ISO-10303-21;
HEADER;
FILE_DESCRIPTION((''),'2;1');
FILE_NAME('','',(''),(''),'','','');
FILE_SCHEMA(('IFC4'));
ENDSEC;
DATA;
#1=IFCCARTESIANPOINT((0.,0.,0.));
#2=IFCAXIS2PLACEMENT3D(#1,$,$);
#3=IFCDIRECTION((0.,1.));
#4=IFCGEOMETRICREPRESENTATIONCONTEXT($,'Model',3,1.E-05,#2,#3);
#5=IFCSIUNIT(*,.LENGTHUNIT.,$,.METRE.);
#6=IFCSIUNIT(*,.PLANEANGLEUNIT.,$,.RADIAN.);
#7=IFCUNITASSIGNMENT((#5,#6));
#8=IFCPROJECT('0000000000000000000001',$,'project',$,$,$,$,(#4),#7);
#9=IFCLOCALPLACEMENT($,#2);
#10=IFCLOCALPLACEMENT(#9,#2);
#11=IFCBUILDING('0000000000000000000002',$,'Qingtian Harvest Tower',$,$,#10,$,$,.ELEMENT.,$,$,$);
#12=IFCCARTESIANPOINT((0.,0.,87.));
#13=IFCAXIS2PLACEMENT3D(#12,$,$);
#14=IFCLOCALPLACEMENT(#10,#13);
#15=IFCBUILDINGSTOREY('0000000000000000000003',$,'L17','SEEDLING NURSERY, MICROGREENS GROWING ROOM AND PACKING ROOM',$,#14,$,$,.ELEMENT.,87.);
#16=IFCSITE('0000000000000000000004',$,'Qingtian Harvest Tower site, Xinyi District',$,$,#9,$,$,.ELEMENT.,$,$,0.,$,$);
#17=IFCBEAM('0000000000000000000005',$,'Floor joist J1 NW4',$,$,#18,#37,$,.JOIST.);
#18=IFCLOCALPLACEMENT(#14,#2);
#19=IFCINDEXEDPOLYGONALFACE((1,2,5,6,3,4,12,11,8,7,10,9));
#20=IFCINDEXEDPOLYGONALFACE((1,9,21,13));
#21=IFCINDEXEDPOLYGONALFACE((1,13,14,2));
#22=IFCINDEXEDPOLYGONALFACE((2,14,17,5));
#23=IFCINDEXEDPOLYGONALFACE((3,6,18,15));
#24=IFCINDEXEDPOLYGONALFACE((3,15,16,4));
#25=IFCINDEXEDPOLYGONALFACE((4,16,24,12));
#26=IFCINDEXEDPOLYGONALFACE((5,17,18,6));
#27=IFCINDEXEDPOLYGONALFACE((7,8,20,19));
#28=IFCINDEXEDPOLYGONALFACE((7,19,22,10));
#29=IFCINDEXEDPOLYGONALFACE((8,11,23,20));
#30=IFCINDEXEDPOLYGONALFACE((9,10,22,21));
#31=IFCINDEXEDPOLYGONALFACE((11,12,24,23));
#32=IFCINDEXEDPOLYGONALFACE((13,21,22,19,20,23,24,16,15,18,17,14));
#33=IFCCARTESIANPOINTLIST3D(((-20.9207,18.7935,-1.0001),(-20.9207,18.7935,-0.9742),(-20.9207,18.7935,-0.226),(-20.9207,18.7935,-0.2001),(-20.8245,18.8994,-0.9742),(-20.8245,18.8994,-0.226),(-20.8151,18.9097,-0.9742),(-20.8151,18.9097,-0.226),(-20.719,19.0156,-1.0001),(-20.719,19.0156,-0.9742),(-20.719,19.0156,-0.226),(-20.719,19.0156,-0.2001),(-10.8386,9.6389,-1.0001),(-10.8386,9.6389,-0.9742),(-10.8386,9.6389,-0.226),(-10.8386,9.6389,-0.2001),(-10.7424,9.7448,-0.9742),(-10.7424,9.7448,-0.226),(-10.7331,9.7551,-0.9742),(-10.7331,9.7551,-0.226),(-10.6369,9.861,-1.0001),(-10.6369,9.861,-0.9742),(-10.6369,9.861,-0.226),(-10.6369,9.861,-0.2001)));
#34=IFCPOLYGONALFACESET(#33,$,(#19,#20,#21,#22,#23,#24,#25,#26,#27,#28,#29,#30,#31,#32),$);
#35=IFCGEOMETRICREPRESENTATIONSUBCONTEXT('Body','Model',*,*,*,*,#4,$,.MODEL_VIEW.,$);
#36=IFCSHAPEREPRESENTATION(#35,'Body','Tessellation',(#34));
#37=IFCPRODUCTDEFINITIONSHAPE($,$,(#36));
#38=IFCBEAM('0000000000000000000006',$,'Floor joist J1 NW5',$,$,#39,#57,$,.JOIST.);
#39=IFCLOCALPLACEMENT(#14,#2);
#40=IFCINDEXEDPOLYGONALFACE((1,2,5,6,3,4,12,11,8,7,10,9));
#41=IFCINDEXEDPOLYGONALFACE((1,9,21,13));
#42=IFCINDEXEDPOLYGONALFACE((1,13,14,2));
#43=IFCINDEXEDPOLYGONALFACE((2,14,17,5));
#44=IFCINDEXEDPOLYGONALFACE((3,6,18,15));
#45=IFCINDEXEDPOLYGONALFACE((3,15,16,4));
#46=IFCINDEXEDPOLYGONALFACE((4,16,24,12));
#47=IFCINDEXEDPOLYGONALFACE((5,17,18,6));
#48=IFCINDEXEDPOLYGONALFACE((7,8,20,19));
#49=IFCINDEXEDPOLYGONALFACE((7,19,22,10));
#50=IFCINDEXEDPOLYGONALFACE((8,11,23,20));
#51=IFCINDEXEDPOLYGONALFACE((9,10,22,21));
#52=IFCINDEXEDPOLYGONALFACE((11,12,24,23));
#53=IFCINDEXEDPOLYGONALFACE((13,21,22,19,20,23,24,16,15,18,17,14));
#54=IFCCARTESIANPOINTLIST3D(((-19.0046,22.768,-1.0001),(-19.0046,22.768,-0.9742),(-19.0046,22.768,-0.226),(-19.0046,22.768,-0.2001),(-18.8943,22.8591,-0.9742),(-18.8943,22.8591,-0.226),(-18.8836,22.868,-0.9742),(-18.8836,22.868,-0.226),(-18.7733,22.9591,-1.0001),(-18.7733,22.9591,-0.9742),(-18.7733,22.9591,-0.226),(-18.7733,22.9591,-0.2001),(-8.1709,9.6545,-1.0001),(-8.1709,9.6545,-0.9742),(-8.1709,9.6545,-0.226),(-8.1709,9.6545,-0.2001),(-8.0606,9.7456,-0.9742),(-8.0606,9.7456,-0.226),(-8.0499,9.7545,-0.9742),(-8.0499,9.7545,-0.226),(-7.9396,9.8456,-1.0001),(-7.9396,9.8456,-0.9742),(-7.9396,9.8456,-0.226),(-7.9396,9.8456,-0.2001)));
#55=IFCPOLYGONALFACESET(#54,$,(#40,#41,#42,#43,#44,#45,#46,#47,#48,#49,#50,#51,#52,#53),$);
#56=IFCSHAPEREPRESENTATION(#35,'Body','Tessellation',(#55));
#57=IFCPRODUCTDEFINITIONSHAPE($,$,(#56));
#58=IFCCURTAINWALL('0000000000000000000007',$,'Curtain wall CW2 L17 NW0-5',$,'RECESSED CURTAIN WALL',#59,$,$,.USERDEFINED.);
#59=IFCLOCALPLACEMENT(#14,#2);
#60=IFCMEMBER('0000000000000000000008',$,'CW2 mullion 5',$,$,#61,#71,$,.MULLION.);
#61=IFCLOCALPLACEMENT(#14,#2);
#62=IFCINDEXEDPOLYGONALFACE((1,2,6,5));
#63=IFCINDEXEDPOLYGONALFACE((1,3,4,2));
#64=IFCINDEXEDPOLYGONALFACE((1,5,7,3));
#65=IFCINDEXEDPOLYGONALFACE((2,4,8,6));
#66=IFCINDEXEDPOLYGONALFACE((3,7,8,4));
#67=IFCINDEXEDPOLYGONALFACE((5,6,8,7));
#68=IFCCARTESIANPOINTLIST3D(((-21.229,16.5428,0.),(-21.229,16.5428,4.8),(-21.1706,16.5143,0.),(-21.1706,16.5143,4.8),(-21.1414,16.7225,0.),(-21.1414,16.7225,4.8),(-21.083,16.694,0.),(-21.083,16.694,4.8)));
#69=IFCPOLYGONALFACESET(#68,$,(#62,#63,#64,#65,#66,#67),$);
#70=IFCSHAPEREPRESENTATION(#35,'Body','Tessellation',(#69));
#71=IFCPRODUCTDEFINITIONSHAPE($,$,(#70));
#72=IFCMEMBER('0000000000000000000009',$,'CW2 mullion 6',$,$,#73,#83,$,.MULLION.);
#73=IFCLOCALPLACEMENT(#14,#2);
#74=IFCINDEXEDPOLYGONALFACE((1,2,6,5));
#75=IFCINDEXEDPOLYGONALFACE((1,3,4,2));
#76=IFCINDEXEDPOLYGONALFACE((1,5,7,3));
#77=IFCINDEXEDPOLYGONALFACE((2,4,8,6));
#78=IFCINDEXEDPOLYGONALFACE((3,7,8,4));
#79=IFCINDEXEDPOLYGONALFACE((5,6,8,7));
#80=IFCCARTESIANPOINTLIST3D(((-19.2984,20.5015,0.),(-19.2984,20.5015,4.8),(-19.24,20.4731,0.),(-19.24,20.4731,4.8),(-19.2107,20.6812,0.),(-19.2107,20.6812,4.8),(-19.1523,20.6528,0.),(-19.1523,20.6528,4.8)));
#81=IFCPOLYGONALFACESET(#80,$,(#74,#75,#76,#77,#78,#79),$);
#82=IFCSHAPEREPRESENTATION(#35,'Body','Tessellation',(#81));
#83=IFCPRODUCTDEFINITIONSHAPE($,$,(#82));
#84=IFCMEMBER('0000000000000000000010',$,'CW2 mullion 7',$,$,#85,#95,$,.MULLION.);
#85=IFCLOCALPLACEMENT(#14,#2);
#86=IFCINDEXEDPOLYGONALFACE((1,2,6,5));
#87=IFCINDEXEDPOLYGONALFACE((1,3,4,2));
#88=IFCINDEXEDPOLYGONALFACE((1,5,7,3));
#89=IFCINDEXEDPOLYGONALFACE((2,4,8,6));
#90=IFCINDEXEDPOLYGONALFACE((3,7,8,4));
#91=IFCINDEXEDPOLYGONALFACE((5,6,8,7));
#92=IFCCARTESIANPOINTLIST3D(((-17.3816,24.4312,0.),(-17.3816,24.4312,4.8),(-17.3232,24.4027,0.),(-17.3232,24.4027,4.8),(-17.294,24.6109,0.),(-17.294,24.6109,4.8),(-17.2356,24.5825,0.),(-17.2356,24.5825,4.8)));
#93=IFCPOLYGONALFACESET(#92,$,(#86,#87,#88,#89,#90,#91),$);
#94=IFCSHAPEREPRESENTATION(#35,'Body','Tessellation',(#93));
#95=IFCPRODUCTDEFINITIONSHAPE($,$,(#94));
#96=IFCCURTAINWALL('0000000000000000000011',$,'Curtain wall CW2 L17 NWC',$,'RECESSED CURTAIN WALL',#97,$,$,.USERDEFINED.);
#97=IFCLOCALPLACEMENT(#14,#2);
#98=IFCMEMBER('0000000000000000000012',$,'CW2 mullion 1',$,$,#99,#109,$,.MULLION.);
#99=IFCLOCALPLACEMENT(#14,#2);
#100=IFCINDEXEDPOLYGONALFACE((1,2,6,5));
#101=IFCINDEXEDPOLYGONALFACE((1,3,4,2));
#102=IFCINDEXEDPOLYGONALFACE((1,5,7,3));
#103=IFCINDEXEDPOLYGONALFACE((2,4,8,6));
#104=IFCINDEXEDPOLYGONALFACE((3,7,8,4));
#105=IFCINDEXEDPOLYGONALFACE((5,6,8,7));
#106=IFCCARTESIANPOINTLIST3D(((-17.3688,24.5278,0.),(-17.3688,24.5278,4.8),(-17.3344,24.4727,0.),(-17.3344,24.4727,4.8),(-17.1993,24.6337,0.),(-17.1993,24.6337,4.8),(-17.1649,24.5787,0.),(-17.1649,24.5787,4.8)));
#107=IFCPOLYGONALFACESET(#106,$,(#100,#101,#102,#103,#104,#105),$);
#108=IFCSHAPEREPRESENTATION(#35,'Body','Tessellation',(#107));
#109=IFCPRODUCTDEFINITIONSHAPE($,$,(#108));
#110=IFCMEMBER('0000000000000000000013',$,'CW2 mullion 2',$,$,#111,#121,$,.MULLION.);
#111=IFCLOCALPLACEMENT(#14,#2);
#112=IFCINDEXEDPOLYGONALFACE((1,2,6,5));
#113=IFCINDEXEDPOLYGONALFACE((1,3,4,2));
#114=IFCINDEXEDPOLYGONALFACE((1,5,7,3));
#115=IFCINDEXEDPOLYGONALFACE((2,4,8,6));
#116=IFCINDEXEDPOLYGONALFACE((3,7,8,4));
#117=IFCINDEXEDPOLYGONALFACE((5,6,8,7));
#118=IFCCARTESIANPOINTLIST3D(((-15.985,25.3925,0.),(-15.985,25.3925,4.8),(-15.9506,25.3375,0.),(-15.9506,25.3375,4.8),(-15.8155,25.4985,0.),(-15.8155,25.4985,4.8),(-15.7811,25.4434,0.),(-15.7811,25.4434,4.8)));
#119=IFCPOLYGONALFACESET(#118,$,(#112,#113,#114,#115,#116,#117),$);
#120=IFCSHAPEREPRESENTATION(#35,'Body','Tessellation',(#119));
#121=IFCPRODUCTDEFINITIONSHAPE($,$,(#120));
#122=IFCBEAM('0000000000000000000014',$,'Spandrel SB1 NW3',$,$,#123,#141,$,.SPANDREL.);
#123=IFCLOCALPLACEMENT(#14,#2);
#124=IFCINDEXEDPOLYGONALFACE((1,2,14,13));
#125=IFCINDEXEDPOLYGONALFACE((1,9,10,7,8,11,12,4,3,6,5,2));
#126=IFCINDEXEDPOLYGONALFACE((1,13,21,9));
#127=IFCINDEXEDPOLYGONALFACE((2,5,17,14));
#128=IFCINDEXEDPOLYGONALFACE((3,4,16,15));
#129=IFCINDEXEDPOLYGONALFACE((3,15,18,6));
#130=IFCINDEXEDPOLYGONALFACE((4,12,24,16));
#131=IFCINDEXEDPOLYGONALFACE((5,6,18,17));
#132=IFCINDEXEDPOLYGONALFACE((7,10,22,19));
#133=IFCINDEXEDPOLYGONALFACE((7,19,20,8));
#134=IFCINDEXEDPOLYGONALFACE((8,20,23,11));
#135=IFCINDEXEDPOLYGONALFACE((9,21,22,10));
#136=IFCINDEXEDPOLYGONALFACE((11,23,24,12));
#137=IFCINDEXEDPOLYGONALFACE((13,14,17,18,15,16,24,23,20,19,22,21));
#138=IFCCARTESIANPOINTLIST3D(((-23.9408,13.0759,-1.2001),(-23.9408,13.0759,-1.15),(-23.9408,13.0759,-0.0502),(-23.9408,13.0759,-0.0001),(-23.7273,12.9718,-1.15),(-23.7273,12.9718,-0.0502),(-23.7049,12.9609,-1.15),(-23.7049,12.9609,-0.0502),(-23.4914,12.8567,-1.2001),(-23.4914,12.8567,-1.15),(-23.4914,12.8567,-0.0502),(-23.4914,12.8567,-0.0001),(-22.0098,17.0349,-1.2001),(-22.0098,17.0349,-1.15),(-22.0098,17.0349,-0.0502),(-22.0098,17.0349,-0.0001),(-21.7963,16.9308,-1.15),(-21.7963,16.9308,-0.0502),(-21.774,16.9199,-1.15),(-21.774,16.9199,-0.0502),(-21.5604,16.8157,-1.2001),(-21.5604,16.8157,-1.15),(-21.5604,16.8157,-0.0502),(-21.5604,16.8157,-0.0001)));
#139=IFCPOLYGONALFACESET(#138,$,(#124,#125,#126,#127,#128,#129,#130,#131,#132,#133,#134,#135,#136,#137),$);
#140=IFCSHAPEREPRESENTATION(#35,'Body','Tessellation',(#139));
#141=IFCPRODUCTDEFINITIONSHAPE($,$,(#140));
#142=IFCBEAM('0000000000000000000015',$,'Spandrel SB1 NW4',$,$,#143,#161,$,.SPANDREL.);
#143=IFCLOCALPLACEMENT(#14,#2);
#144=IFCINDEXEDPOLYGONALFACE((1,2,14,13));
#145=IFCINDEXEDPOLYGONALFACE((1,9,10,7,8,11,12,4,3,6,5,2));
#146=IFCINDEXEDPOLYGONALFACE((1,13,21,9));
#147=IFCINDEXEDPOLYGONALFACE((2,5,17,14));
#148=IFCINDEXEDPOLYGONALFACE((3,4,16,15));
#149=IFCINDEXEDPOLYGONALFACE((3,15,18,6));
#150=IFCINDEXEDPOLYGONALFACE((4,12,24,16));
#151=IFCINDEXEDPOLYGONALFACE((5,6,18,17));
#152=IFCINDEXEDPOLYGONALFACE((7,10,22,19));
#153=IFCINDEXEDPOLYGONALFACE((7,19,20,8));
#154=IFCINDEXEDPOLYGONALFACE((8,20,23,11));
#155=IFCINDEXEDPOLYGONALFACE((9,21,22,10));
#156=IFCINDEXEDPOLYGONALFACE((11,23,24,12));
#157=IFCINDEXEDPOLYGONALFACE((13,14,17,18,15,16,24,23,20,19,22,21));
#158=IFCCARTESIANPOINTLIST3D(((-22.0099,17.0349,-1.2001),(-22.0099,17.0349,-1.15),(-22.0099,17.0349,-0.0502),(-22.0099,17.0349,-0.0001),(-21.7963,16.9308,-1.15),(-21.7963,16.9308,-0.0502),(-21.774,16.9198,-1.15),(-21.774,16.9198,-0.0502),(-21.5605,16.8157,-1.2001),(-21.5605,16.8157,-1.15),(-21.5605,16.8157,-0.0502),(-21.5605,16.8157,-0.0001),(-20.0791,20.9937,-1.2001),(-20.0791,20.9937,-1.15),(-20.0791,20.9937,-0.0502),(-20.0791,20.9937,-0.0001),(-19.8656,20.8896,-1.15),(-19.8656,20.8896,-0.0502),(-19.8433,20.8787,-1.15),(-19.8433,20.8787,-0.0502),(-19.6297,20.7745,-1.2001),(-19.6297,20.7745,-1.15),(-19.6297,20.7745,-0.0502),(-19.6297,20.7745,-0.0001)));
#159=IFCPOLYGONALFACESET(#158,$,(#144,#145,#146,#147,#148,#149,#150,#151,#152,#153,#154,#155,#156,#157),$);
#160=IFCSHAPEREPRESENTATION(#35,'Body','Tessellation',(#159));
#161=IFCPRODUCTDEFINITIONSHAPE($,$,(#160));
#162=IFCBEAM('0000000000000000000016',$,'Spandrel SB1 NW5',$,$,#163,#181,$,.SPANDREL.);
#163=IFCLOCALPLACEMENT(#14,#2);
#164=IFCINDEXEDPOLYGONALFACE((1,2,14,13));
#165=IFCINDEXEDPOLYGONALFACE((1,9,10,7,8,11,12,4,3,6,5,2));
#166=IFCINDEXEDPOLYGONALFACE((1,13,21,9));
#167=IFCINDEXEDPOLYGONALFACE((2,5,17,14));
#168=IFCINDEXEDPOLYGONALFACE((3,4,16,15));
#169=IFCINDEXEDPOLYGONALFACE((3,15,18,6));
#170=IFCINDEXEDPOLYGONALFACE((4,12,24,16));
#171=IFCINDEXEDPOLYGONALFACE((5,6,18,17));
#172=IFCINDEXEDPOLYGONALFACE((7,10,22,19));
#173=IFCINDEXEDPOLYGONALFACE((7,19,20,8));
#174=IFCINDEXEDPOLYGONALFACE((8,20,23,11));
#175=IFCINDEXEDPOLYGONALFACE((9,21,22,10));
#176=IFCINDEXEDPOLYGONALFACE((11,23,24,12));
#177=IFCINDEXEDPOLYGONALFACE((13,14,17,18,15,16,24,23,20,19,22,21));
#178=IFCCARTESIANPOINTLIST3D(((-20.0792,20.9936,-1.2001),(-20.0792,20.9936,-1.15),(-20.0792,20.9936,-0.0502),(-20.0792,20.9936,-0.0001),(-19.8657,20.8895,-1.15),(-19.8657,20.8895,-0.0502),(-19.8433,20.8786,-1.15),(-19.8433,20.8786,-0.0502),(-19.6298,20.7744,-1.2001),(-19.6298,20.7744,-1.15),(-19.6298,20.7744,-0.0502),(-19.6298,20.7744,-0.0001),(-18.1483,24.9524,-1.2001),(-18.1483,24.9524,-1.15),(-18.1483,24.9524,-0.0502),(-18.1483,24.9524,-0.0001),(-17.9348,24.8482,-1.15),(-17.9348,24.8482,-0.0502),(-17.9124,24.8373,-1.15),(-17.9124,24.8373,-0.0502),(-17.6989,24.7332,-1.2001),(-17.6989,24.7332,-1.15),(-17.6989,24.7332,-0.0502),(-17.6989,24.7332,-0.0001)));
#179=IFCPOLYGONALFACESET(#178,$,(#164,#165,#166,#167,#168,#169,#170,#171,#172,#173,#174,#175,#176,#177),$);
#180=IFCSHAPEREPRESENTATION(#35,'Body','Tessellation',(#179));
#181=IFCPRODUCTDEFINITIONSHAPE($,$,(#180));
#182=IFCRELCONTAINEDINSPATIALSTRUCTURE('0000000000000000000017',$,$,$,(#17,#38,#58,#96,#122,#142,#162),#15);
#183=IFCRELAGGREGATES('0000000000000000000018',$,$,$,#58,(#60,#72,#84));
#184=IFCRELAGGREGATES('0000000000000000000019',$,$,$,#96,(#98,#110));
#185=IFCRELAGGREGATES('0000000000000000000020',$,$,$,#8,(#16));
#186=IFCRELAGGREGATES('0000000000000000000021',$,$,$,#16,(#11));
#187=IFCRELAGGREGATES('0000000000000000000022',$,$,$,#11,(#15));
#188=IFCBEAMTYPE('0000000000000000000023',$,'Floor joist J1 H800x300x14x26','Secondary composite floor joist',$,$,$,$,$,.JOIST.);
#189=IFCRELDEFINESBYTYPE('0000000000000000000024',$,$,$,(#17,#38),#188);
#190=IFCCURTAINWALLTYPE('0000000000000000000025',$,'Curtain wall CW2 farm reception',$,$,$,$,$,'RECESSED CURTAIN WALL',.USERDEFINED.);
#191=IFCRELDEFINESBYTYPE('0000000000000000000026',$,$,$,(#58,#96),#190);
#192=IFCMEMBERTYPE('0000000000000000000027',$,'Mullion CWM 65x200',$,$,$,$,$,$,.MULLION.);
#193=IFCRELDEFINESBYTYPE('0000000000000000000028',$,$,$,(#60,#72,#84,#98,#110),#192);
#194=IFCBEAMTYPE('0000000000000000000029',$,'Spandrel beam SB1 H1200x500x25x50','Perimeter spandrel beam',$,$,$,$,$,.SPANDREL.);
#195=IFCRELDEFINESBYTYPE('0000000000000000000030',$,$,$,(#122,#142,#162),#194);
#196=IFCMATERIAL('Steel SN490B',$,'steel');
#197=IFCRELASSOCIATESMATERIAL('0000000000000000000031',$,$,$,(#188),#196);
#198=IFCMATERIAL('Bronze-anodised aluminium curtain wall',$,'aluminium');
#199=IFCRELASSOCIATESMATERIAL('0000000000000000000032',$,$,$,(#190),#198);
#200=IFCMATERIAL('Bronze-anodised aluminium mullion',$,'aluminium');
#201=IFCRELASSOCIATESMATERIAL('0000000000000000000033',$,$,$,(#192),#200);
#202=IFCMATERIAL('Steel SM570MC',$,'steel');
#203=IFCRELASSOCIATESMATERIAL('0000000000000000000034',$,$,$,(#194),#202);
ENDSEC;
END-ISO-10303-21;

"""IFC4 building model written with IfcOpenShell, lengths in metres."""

from ifc_helpers import new_model, si_unit, direction, frame, origin, origin_2d, place, context, subcontext, project, spatial, rectangle, i_section, extrude, material, material_profile, profile_set, type_object, element, aggregate, save


model = new_model("IFC4")

# Units and contexts
model_context = context("Model", 3, precision=1e-05, world=origin(), true_north=direction((0.0, 1.0)))
body_context = subcontext(model_context, "Body", "Model", "MODEL_VIEW")
ifc_project = project(units=[si_unit("LENGTHUNIT", "METRE"), si_unit("PLANEANGLEUNIT", "RADIAN")], contexts=[model_context])

# Site, building, storey
site_placement = place(None, origin())
site = spatial("IfcSite", under=ifc_project, at=site_placement, Name="Qingtian Harvest Tower site, Xinyi District", CompositionType="ELEMENT", RefElevation=0.0)
building_placement = place(site_placement, origin())
building = spatial("IfcBuilding", under=site, at=building_placement, Name="Qingtian Harvest Tower", CompositionType="ELEMENT")
storey_placement = place(building_placement, frame((0.0, 0.0, 87.0)))
storey = spatial("IfcBuildingStorey", under=building, at=storey_placement, Name="L17", Description="SEEDLING NURSERY, MICROGREENS GROWING ROOM AND PACKING ROOM", CompositionType="ELEMENT", Elevation=87.0)

# Beams
ifc_material_1 = material(Name="Steel SN490B", Category="steel")
ifc_material_profile_1 = material_profile(ifc_material_1, i_section(OverallWidth=0.3, OverallDepth=0.8, WebThickness=0.0139, FlangeThickness=0.0259, at=origin_2d()), Name="H800x300x14x26")
ifc_profile_set_1 = profile_set([ifc_material_profile_1], Name="Steel SN490B")
beam_type_1 = type_object("IfcBeamType", Name="Floor joist J1 H800x300x14x26", Description="Secondary composite floor joist", PredefinedType="JOIST", material=ifc_profile_set_1)
beam_1_placement = place(storey_placement, frame((-20.8198, 18.9045, -0.6001), z_axis=(0.74034, -0.672233, 0.0), x_axis=(0.672233, 0.74034, 0.0)))
element("IfcBeam", 1, at=beam_1_placement, inside=storey, type_object=beam_type_1, Name="Floor joist J1 NW4", PredefinedType="JOIST", context=body_context, shape_type="SweptSolid", body=[
    extrude(i_section(OverallWidth=0.3, OverallDepth=0.8, WebThickness=0.0139, FlangeThickness=0.0259, at=origin_2d()), origin(), (0.0, 0.0, 1.0), 13.6182),
])
beam_2_placement = place(storey_placement, frame((-18.8889, 22.8635, -0.6001), z_axis=(0.63691, -0.770938, 0.0), x_axis=(0.770938, 0.63691, 0.0)))
element("IfcBeam", 2, at=beam_2_placement, inside=storey, type_object=beam_type_1, Name="Floor joist J1 NW5", PredefinedType="JOIST", context=body_context, shape_type="SweptSolid", body=[
    extrude(i_section(OverallWidth=0.3, OverallDepth=0.8, WebThickness=0.0139, FlangeThickness=0.0259, at=origin_2d()), origin(), (0.0, 0.0, 1.0), 17.0098),
])

# Curtain walls, members
ifc_material_2 = material(Name="Bronze-anodised aluminium curtain wall", Category="aluminium")
curtain_wall_type = type_object("IfcCurtainWallType", Name="Curtain wall CW2 farm reception", ElementType="RECESSED CURTAIN WALL", PredefinedType="USERDEFINED", material=ifc_material_2)
curtain_wall_1_placement = place(storey_placement, origin())
curtain_wall_1 = element("IfcCurtainWall", 3, at=curtain_wall_1_placement, inside=storey, type_object=curtain_wall_type, Name="Curtain wall CW2 L17 NW0-5", ObjectType="RECESSED CURTAIN WALL", PredefinedType="USERDEFINED")
ifc_material_3 = material(Name="Bronze-anodised aluminium mullion", Category="aluminium")
ifc_material_profile_2 = material_profile(ifc_material_3, rectangle(XDim=0.0649, YDim=0.2, at=origin_2d()), Name="AL 65x200")
ifc_profile_set_2 = profile_set([ifc_material_profile_2], Name="Bronze-anodised aluminium mullion")
member_type_1 = type_object("IfcMemberType", Name="Mullion CWM 65x200", PredefinedType="MULLION", material=ifc_profile_set_2)
member_1_placement = place(storey_placement, frame((-21.156, 16.6184, 0.0), z_axis=(0.0, 0.0, 1.0), x_axis=(-0.898794, 0.438371, 0.0)))
member_1 = element("IfcMember", 4, at=member_1_placement, type_object=member_type_1, Name="CW2 mullion 5", PredefinedType="MULLION", context=body_context, shape_type="SweptSolid", body=[
    extrude(rectangle(XDim=0.0649, YDim=0.2, at=origin_2d()), origin(), (0.0, 0.0, 1.0), 4.8),
])
member_2_placement = place(storey_placement, frame((-19.2253, 20.5771, 0.0), z_axis=(0.0, 0.0, 1.0), x_axis=(-0.898794, 0.438371, 0.0)))
member_2 = element("IfcMember", 5, at=member_2_placement, type_object=member_type_1, Name="CW2 mullion 6", PredefinedType="MULLION", context=body_context, shape_type="SweptSolid", body=[
    extrude(rectangle(XDim=0.0649, YDim=0.2, at=origin_2d()), origin(), (0.0, 0.0, 1.0), 4.8),
])
member_3_placement = place(storey_placement, frame((-17.3086, 24.5068, 0.0), z_axis=(0.0, 0.0, 1.0), x_axis=(-0.898794, 0.438371, 0.0)))
member_3 = element("IfcMember", 6, at=member_3_placement, type_object=member_type_1, Name="CW2 mullion 7", PredefinedType="MULLION", context=body_context, shape_type="SweptSolid", body=[
    extrude(rectangle(XDim=0.0649, YDim=0.2, at=origin_2d()), origin(), (0.0, 0.0, 1.0), 4.8),
])
curtain_wall_2_placement = place(storey_placement, origin())
curtain_wall_2 = element("IfcCurtainWall", 7, at=curtain_wall_2_placement, inside=storey, type_object=curtain_wall_type, Name="Curtain wall CW2 L17 NWC", ObjectType="RECESSED CURTAIN WALL", PredefinedType="USERDEFINED")
member_4_placement = place(storey_placement, frame((-17.2668, 24.5532, 0.0), z_axis=(0.0, 0.0, 1.0), x_axis=(-0.529919, 0.848048, 0.0)))
member_4 = element("IfcMember", 8, at=member_4_placement, type_object=member_type_1, Name="CW2 mullion 1", PredefinedType="MULLION", context=body_context, shape_type="SweptSolid", body=[
    extrude(rectangle(XDim=0.0649, YDim=0.2, at=origin_2d()), origin(), (0.0, 0.0, 1.0), 4.8),
])
member_5_placement = place(storey_placement, frame((-15.8831, 25.418, 0.0), z_axis=(0.0, 0.0, 1.0), x_axis=(-0.529919, 0.848048, 0.0)))
member_5 = element("IfcMember", 9, at=member_5_placement, type_object=member_type_1, Name="CW2 mullion 2", PredefinedType="MULLION", context=body_context, shape_type="SweptSolid", body=[
    extrude(rectangle(XDim=0.0649, YDim=0.2, at=origin_2d()), origin(), (0.0, 0.0, 1.0), 4.8),
])

# Beams
ifc_material_4 = material(Name="Steel SM570MC", Category="steel")
ifc_material_profile_3 = material_profile(ifc_material_4, i_section(OverallWidth=0.5, OverallDepth=1.2, WebThickness=0.0249, FlangeThickness=0.05, at=origin_2d()), Name="H1200x500x25x50")
ifc_profile_set_3 = profile_set([ifc_material_profile_3], Name="Steel SM570MC")
beam_type_2 = type_object("IfcBeamType", Name="Spandrel beam SB1 H1200x500x25x50", Description="Perimeter spandrel beam", PredefinedType="SPANDREL", material=ifc_profile_set_3)
beam_3_placement = place(storey_placement, frame((-23.7161, 12.9663, -0.6001), z_axis=(0.438368, 0.898796, 0.0), x_axis=(-0.898796, 0.438368, 0.0)))
element("IfcBeam", 10, at=beam_3_placement, inside=storey, type_object=beam_type_2, Name="Spandrel SB1 NW3", PredefinedType="SPANDREL", context=body_context, shape_type="SweptSolid", body=[
    extrude(i_section(OverallWidth=0.5, OverallDepth=1.2, WebThickness=0.0249, FlangeThickness=0.05, at=origin_2d()), origin(), (0.0, 0.0, 1.0), 4.4048),
])
for number, where, z_axis, x_axis, name in (
    (11, (-21.7852, 16.9253, -0.6001), (0.438345, 0.898807, 0.0), (-0.898807, 0.438345, 0.0), "Spandrel SB1 NW4"),
    (12, (-19.8545, 20.884, -0.6001), (0.43839, 0.898785, 0.0), (-0.898785, 0.43839, 0.0), "Spandrel SB1 NW5"),
):
    element("IfcBeam", number, at=place(storey_placement, frame(where, z_axis=z_axis, x_axis=x_axis)), inside=storey, type_object=beam_type_2, Name=name, PredefinedType="SPANDREL", context=body_context, shape_type="SweptSolid", body=[
        extrude(i_section(OverallWidth=0.5, OverallDepth=1.2, WebThickness=0.0249, FlangeThickness=0.05, at=origin_2d()), origin(), (0.0, 0.0, 1.0), 4.4045),
    ])

aggregate(curtain_wall_1, [member_1, member_2, member_3])
aggregate(curtain_wall_2, [member_4, member_5])

save(model, "model.ifc")
